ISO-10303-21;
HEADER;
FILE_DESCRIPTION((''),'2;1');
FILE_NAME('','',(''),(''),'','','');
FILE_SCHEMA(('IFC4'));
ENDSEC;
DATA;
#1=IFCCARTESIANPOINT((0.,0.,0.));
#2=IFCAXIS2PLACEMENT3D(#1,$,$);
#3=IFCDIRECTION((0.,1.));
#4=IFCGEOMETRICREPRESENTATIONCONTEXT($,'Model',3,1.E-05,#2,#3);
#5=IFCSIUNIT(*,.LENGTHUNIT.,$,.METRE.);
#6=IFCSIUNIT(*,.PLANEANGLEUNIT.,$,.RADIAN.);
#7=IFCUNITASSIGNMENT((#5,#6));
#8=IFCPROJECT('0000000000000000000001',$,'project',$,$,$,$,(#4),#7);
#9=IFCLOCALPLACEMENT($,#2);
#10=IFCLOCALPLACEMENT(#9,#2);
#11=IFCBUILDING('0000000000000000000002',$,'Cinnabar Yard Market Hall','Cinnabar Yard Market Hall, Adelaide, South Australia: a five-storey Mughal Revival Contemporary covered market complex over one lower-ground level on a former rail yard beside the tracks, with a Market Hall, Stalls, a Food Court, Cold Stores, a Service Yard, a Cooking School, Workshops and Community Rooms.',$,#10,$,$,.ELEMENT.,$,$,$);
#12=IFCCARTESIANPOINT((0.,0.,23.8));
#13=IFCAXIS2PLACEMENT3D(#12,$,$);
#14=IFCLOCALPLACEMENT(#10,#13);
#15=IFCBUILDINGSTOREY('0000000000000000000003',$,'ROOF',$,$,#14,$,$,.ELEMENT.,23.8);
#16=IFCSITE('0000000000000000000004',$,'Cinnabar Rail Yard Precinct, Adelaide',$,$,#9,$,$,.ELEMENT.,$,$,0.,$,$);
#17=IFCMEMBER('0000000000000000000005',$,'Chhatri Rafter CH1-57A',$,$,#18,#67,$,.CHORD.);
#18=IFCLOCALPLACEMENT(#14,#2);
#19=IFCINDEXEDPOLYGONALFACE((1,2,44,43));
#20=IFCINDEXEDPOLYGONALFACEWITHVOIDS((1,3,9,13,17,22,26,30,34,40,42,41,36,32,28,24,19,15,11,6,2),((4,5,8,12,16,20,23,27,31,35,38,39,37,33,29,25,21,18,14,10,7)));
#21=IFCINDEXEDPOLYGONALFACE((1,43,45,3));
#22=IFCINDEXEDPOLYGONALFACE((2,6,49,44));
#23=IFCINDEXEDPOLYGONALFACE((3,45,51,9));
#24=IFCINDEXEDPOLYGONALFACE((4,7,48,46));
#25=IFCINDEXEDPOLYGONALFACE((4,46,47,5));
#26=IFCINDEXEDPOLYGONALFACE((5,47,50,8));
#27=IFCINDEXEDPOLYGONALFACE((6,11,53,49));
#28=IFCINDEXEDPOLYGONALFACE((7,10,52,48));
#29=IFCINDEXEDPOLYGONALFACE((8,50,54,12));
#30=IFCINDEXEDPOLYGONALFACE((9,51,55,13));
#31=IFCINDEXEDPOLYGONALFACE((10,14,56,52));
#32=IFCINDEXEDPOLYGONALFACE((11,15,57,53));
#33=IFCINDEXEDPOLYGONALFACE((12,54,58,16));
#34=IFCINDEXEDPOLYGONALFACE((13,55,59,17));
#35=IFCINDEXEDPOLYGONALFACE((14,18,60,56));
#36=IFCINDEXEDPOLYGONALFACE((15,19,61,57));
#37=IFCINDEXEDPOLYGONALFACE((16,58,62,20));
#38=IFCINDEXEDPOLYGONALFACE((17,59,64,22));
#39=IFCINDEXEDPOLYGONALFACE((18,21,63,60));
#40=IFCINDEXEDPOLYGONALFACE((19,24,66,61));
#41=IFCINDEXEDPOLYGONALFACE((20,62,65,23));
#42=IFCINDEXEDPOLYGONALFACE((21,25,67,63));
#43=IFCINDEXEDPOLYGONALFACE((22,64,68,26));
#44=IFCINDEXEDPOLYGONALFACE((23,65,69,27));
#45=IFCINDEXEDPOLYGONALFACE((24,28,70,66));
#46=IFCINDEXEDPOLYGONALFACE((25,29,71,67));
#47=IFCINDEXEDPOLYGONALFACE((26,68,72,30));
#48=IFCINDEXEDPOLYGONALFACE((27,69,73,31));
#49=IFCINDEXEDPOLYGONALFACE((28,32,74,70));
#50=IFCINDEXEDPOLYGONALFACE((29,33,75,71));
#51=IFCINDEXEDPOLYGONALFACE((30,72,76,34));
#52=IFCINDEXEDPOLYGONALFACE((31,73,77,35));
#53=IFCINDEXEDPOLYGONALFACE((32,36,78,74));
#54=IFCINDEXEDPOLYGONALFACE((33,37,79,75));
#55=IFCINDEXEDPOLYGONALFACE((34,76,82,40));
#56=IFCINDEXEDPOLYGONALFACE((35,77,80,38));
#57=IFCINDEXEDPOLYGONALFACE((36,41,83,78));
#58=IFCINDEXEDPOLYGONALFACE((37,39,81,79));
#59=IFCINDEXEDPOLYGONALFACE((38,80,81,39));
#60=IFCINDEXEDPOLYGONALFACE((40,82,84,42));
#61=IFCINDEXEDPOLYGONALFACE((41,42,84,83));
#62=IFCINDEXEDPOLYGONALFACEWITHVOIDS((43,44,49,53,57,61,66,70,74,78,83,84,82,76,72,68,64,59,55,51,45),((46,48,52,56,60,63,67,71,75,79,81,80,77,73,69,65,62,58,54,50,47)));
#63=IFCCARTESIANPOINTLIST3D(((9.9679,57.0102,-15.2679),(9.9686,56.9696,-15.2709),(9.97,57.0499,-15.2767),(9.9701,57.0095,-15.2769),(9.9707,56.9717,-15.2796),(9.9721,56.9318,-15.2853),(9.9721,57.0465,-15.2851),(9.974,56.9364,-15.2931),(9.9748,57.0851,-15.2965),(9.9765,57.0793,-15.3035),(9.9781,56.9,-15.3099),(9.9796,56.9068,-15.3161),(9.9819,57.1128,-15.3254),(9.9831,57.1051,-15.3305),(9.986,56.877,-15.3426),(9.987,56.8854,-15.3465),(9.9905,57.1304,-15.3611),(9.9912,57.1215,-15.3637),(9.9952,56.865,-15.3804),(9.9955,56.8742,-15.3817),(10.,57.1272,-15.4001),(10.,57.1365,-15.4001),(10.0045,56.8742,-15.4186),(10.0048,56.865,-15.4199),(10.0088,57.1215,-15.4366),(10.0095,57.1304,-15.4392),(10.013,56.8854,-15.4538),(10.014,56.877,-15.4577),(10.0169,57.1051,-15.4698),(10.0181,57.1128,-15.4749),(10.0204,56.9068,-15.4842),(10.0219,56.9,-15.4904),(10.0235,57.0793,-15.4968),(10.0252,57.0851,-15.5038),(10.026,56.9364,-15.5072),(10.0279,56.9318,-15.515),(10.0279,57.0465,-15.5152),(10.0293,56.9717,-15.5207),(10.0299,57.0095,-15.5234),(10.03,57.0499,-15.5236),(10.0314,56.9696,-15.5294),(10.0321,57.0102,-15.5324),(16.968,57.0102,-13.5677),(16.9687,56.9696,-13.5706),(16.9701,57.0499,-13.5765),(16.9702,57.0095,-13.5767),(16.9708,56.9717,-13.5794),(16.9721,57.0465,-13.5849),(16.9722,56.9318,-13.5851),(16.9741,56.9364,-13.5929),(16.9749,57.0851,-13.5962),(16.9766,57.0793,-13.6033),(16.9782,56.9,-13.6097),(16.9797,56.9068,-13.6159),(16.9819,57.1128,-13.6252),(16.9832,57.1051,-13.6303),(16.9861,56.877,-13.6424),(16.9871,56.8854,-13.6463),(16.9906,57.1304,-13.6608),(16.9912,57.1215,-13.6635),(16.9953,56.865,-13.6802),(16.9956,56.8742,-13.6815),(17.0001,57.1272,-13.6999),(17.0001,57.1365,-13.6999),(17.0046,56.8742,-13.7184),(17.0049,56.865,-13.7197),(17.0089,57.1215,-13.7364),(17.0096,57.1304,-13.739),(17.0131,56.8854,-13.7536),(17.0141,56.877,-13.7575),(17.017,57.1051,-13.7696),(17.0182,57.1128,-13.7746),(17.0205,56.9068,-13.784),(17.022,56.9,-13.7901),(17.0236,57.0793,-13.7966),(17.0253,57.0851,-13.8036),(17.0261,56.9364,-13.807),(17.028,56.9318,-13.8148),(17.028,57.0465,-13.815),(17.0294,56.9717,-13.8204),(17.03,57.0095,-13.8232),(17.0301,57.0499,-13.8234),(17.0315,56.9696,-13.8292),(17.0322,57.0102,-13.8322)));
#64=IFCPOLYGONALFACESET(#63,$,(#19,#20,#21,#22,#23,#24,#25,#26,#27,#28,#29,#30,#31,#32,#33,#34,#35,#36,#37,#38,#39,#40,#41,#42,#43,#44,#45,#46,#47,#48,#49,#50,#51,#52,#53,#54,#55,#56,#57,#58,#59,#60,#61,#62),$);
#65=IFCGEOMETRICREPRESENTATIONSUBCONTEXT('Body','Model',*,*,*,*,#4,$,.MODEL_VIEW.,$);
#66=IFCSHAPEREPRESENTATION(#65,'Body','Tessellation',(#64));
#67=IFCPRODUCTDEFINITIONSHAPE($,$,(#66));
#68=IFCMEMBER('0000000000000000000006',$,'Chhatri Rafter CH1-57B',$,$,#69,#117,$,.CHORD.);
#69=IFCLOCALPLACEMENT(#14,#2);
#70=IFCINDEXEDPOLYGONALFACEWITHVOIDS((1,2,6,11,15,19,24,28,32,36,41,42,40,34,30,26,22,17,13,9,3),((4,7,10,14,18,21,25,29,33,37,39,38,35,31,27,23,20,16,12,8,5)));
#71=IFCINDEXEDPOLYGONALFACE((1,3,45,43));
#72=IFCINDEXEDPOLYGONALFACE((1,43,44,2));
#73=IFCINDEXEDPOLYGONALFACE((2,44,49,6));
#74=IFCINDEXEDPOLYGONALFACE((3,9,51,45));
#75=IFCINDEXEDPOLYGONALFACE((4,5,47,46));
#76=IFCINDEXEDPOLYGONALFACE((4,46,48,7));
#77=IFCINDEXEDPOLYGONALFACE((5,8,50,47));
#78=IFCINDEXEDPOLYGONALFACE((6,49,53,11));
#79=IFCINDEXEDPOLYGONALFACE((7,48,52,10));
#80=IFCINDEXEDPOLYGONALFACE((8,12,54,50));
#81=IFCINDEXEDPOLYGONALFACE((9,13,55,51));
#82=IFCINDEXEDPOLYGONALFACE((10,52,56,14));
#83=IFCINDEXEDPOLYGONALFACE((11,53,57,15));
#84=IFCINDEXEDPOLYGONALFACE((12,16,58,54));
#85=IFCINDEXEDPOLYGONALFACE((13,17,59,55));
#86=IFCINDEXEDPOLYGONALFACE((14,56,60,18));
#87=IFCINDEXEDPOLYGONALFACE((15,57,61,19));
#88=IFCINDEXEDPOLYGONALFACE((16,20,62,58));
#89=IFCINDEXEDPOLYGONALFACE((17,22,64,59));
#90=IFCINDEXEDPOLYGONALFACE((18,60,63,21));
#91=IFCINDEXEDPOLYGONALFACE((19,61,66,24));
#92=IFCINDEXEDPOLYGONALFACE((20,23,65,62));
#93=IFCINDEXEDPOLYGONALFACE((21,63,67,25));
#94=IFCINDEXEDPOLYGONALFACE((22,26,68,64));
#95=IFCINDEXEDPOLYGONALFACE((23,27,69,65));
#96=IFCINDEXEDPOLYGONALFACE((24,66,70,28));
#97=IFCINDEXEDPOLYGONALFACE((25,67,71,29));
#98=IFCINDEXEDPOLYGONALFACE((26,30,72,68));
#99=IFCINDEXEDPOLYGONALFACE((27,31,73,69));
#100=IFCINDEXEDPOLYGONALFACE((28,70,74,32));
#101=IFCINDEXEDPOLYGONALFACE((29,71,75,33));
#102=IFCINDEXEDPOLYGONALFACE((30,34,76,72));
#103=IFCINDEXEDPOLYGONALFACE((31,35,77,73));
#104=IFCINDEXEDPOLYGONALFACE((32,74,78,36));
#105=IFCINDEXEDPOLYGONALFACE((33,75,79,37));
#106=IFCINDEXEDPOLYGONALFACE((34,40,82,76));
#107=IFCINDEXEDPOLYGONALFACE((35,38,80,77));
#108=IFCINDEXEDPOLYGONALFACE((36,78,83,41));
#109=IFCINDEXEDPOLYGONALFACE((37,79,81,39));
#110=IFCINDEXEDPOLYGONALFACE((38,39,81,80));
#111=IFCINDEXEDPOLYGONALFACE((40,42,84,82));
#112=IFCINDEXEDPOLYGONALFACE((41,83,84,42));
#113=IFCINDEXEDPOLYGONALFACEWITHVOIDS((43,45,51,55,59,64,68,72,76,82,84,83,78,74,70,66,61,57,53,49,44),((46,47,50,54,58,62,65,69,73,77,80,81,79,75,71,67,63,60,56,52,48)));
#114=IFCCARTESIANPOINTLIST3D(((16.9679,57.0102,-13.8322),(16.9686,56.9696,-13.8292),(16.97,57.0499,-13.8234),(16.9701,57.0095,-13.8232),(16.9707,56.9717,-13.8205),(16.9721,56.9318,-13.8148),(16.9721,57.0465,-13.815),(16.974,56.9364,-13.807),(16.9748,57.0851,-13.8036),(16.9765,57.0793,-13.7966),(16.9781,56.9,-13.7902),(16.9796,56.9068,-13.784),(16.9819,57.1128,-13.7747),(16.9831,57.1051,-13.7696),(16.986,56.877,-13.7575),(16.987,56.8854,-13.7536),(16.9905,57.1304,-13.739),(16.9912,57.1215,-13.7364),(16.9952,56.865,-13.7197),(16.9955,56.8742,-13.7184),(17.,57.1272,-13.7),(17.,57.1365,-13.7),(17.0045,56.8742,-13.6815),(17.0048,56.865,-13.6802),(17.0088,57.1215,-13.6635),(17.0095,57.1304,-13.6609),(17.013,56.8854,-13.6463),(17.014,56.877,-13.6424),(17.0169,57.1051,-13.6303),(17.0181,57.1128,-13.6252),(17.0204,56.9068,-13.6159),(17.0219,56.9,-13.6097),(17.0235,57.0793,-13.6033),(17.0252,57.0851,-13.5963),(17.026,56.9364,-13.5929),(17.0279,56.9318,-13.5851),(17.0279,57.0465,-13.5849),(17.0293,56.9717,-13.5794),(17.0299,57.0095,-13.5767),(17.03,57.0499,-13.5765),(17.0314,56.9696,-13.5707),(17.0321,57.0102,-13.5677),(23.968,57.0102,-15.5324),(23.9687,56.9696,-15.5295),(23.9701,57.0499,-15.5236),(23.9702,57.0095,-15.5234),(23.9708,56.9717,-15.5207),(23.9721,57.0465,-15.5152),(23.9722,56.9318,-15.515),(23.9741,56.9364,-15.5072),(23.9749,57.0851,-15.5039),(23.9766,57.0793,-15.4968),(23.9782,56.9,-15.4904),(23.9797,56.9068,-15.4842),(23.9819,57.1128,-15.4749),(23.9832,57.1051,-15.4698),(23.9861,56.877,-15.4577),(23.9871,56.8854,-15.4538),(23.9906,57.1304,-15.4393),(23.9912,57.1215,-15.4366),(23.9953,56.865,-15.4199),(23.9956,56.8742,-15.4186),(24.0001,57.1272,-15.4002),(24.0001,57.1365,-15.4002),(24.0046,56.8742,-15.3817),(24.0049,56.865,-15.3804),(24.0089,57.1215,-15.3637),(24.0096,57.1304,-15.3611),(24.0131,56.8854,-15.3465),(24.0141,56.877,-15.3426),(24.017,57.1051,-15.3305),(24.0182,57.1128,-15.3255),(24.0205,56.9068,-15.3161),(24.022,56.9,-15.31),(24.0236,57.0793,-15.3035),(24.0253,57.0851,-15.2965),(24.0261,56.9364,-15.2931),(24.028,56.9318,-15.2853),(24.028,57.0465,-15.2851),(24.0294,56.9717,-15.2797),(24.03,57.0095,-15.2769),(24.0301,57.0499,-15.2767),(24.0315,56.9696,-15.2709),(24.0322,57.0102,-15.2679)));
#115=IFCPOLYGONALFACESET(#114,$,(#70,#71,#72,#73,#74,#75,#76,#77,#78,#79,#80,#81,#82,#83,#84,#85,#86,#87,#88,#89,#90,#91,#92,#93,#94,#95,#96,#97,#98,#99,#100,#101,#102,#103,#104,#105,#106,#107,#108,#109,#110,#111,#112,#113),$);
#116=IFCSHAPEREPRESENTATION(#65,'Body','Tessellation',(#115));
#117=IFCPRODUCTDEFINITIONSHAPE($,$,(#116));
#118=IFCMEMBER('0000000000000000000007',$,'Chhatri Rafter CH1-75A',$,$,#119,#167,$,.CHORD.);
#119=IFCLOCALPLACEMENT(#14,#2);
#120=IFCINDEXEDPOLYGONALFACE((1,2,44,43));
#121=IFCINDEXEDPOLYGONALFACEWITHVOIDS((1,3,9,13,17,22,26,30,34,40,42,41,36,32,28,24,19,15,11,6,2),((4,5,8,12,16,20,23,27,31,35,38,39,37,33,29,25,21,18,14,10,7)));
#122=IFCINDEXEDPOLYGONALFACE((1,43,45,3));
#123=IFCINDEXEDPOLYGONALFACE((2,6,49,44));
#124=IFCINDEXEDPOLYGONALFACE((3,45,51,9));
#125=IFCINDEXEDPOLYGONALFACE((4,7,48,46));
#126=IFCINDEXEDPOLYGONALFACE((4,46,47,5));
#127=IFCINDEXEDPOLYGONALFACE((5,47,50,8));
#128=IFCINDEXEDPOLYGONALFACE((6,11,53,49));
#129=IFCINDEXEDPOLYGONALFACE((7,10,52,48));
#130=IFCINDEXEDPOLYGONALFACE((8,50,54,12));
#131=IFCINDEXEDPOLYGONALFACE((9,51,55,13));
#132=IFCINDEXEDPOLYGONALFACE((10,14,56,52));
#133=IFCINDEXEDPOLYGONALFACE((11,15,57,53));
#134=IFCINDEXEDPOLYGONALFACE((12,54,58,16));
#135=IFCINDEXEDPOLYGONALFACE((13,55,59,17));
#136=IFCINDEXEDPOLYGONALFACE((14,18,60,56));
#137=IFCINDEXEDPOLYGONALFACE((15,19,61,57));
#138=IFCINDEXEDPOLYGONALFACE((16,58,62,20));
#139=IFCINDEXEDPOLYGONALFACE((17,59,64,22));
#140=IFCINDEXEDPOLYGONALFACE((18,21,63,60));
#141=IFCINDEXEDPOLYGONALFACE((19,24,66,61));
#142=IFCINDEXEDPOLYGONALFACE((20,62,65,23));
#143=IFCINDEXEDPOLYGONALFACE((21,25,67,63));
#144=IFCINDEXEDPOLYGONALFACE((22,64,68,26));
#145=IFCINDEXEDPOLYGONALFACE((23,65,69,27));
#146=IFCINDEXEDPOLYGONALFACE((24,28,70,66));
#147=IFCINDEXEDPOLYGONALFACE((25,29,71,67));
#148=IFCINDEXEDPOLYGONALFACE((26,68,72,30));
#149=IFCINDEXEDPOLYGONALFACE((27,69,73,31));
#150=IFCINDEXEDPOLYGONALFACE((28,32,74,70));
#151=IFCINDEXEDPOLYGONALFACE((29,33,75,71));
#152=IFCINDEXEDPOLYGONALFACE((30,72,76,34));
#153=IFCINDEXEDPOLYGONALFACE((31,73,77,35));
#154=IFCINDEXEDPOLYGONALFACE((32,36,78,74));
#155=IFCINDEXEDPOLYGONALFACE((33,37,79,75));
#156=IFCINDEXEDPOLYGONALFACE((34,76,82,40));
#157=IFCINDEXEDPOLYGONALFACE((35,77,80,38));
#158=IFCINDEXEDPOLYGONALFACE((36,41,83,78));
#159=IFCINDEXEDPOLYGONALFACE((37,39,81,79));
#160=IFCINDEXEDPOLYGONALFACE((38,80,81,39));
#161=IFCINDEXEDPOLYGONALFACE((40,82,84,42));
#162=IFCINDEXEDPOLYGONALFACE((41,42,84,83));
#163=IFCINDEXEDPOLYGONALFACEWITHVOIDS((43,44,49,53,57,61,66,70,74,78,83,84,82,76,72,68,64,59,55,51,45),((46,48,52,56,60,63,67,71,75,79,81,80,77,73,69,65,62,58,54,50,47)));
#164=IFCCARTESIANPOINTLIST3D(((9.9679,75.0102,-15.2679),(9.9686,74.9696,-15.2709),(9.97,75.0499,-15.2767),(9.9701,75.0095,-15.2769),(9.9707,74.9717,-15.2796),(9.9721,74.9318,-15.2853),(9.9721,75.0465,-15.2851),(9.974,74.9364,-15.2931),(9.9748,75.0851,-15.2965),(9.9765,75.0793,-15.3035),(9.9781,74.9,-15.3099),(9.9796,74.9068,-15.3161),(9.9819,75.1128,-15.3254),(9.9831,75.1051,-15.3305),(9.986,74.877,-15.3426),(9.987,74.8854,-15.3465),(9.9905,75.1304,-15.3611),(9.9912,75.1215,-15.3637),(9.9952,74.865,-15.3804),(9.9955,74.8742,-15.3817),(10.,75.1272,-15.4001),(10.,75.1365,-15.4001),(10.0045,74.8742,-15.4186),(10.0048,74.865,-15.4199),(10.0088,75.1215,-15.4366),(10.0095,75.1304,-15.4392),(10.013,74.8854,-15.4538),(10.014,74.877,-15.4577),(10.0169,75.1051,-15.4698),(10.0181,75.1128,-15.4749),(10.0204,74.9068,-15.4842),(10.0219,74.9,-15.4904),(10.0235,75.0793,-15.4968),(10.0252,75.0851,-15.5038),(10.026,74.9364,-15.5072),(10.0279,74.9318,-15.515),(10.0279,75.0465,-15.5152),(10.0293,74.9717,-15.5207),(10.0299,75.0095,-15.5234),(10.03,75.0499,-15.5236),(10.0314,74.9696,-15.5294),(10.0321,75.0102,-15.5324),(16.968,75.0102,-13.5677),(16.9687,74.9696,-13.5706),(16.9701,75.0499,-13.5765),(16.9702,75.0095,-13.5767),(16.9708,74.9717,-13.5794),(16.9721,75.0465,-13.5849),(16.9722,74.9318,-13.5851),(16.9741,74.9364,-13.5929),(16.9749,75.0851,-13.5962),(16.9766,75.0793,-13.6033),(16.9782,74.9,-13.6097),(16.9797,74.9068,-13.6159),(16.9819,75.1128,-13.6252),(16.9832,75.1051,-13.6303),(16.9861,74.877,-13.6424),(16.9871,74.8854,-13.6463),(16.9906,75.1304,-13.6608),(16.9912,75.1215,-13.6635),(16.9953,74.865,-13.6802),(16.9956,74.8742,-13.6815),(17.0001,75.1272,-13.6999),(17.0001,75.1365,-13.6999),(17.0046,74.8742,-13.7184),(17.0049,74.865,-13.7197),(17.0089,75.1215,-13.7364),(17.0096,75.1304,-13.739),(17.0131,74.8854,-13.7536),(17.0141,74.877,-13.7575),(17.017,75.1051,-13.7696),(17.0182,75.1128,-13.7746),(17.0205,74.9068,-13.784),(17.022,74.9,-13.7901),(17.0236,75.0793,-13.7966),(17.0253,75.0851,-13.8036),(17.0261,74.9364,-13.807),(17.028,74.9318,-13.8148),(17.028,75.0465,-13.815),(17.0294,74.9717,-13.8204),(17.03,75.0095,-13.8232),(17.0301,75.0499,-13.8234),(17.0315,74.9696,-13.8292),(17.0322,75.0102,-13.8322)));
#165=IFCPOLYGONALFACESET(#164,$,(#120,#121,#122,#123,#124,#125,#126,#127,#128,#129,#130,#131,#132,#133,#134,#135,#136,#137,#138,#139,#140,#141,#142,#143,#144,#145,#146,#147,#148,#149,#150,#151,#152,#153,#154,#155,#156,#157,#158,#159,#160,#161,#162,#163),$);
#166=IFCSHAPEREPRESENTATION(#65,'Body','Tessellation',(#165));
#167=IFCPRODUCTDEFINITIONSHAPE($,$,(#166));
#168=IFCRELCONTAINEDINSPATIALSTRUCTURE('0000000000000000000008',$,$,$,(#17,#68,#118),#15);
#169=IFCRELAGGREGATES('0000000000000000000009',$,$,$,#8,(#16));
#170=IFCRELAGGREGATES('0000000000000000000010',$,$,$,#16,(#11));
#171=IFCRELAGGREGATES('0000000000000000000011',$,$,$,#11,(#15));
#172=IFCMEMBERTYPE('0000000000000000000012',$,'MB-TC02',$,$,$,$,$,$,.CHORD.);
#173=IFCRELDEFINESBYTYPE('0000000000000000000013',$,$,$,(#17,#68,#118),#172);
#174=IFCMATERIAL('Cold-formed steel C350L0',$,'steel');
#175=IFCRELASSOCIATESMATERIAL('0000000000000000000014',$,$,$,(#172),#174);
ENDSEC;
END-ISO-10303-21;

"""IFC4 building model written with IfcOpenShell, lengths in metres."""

from ifc_helpers import new_model, si_unit, direction, frame, origin, origin_2d_with_axis, place, context, subcontext, project, spatial, hollow_circle, extrude, material, material_profile, profile_set, type_object, element, save


model = new_model("IFC4")

# Units and contexts
model_context = context("Model", 3, precision=1e-05, world=origin(), true_north=direction((0.0, 1.0)))
body_context = subcontext(model_context, "Body", "Model", "MODEL_VIEW")
ifc_project = project(units=[si_unit("LENGTHUNIT", "METRE"), si_unit("PLANEANGLEUNIT", "RADIAN")], contexts=[model_context])

# Site, building, storey
site_placement = place(None, origin())
site = spatial("IfcSite", under=ifc_project, at=site_placement, Name="Cinnabar Rail Yard Precinct, Adelaide", CompositionType="ELEMENT", RefElevation=0.0)
building_placement = place(site_placement, origin())
building = spatial("IfcBuilding", under=site, at=building_placement, Name="Cinnabar Yard Market Hall", Description="Cinnabar Yard Market Hall, Adelaide, South Australia: a five-storey Mughal Revival Contemporary covered market complex over one lower-ground level on a former rail yard beside the tracks, with a Market Hall, Stalls, a Food Court, Cold Stores, a Service Yard, a Cooking School, Workshops and Community Rooms.", CompositionType="ELEMENT")
storey_placement = place(building_placement, frame((0.0, 0.0, 23.8)))
storey = spatial("IfcBuildingStorey", under=building, at=storey_placement, Name="ROOF", CompositionType="ELEMENT", Elevation=23.8)

# Members
ifc_material_1 = material(Name="Cold-formed steel C350L0", Category="steel")
ifc_material_profile_1 = material_profile(ifc_material_1, hollow_circle(Radius=0.1365, WallThickness=0.0093, at=origin_2d_with_axis()), Name="273.1x9.3CHS")
ifc_profile_set_1 = profile_set([ifc_material_profile_1], Name="Cold-formed steel C350L0")
member_type_1 = type_object("IfcMemberType", Name="MB-TC02", PredefinedType="CHORD", material=ifc_profile_set_1)
for number, where, z_axis, x_axis, name in (
    (1, (10.0, 57.0, -15.4001), (0.971747, 0.0, 0.236023), (0.0, 1.0, 0.0), "Chhatri Rafter CH1-57A"),
    (2, (17.0, 57.0, -13.7), (0.971747, 0.0, -0.236023), (0.0, 1.0, 0.0), "Chhatri Rafter CH1-57B"),
    (3, (10.0, 75.0, -15.4001), (0.971747, 0.0, 0.236023), (0.0, 1.0, 0.0), "Chhatri Rafter CH1-75A"),
):
    element("IfcMember", number, at=place(storey_placement, frame(where, z_axis=z_axis, x_axis=x_axis)), inside=storey, type_object=member_type_1, Name=name, PredefinedType="CHORD", context=body_context, shape_type="SweptSolid", body=[
        extrude(hollow_circle(Radius=0.1365, WallThickness=0.0093, at=origin_2d_with_axis()), origin(), (0.0, 0.0, 1.0), 7.2036),
    ])

save(model, "model.ifc")
